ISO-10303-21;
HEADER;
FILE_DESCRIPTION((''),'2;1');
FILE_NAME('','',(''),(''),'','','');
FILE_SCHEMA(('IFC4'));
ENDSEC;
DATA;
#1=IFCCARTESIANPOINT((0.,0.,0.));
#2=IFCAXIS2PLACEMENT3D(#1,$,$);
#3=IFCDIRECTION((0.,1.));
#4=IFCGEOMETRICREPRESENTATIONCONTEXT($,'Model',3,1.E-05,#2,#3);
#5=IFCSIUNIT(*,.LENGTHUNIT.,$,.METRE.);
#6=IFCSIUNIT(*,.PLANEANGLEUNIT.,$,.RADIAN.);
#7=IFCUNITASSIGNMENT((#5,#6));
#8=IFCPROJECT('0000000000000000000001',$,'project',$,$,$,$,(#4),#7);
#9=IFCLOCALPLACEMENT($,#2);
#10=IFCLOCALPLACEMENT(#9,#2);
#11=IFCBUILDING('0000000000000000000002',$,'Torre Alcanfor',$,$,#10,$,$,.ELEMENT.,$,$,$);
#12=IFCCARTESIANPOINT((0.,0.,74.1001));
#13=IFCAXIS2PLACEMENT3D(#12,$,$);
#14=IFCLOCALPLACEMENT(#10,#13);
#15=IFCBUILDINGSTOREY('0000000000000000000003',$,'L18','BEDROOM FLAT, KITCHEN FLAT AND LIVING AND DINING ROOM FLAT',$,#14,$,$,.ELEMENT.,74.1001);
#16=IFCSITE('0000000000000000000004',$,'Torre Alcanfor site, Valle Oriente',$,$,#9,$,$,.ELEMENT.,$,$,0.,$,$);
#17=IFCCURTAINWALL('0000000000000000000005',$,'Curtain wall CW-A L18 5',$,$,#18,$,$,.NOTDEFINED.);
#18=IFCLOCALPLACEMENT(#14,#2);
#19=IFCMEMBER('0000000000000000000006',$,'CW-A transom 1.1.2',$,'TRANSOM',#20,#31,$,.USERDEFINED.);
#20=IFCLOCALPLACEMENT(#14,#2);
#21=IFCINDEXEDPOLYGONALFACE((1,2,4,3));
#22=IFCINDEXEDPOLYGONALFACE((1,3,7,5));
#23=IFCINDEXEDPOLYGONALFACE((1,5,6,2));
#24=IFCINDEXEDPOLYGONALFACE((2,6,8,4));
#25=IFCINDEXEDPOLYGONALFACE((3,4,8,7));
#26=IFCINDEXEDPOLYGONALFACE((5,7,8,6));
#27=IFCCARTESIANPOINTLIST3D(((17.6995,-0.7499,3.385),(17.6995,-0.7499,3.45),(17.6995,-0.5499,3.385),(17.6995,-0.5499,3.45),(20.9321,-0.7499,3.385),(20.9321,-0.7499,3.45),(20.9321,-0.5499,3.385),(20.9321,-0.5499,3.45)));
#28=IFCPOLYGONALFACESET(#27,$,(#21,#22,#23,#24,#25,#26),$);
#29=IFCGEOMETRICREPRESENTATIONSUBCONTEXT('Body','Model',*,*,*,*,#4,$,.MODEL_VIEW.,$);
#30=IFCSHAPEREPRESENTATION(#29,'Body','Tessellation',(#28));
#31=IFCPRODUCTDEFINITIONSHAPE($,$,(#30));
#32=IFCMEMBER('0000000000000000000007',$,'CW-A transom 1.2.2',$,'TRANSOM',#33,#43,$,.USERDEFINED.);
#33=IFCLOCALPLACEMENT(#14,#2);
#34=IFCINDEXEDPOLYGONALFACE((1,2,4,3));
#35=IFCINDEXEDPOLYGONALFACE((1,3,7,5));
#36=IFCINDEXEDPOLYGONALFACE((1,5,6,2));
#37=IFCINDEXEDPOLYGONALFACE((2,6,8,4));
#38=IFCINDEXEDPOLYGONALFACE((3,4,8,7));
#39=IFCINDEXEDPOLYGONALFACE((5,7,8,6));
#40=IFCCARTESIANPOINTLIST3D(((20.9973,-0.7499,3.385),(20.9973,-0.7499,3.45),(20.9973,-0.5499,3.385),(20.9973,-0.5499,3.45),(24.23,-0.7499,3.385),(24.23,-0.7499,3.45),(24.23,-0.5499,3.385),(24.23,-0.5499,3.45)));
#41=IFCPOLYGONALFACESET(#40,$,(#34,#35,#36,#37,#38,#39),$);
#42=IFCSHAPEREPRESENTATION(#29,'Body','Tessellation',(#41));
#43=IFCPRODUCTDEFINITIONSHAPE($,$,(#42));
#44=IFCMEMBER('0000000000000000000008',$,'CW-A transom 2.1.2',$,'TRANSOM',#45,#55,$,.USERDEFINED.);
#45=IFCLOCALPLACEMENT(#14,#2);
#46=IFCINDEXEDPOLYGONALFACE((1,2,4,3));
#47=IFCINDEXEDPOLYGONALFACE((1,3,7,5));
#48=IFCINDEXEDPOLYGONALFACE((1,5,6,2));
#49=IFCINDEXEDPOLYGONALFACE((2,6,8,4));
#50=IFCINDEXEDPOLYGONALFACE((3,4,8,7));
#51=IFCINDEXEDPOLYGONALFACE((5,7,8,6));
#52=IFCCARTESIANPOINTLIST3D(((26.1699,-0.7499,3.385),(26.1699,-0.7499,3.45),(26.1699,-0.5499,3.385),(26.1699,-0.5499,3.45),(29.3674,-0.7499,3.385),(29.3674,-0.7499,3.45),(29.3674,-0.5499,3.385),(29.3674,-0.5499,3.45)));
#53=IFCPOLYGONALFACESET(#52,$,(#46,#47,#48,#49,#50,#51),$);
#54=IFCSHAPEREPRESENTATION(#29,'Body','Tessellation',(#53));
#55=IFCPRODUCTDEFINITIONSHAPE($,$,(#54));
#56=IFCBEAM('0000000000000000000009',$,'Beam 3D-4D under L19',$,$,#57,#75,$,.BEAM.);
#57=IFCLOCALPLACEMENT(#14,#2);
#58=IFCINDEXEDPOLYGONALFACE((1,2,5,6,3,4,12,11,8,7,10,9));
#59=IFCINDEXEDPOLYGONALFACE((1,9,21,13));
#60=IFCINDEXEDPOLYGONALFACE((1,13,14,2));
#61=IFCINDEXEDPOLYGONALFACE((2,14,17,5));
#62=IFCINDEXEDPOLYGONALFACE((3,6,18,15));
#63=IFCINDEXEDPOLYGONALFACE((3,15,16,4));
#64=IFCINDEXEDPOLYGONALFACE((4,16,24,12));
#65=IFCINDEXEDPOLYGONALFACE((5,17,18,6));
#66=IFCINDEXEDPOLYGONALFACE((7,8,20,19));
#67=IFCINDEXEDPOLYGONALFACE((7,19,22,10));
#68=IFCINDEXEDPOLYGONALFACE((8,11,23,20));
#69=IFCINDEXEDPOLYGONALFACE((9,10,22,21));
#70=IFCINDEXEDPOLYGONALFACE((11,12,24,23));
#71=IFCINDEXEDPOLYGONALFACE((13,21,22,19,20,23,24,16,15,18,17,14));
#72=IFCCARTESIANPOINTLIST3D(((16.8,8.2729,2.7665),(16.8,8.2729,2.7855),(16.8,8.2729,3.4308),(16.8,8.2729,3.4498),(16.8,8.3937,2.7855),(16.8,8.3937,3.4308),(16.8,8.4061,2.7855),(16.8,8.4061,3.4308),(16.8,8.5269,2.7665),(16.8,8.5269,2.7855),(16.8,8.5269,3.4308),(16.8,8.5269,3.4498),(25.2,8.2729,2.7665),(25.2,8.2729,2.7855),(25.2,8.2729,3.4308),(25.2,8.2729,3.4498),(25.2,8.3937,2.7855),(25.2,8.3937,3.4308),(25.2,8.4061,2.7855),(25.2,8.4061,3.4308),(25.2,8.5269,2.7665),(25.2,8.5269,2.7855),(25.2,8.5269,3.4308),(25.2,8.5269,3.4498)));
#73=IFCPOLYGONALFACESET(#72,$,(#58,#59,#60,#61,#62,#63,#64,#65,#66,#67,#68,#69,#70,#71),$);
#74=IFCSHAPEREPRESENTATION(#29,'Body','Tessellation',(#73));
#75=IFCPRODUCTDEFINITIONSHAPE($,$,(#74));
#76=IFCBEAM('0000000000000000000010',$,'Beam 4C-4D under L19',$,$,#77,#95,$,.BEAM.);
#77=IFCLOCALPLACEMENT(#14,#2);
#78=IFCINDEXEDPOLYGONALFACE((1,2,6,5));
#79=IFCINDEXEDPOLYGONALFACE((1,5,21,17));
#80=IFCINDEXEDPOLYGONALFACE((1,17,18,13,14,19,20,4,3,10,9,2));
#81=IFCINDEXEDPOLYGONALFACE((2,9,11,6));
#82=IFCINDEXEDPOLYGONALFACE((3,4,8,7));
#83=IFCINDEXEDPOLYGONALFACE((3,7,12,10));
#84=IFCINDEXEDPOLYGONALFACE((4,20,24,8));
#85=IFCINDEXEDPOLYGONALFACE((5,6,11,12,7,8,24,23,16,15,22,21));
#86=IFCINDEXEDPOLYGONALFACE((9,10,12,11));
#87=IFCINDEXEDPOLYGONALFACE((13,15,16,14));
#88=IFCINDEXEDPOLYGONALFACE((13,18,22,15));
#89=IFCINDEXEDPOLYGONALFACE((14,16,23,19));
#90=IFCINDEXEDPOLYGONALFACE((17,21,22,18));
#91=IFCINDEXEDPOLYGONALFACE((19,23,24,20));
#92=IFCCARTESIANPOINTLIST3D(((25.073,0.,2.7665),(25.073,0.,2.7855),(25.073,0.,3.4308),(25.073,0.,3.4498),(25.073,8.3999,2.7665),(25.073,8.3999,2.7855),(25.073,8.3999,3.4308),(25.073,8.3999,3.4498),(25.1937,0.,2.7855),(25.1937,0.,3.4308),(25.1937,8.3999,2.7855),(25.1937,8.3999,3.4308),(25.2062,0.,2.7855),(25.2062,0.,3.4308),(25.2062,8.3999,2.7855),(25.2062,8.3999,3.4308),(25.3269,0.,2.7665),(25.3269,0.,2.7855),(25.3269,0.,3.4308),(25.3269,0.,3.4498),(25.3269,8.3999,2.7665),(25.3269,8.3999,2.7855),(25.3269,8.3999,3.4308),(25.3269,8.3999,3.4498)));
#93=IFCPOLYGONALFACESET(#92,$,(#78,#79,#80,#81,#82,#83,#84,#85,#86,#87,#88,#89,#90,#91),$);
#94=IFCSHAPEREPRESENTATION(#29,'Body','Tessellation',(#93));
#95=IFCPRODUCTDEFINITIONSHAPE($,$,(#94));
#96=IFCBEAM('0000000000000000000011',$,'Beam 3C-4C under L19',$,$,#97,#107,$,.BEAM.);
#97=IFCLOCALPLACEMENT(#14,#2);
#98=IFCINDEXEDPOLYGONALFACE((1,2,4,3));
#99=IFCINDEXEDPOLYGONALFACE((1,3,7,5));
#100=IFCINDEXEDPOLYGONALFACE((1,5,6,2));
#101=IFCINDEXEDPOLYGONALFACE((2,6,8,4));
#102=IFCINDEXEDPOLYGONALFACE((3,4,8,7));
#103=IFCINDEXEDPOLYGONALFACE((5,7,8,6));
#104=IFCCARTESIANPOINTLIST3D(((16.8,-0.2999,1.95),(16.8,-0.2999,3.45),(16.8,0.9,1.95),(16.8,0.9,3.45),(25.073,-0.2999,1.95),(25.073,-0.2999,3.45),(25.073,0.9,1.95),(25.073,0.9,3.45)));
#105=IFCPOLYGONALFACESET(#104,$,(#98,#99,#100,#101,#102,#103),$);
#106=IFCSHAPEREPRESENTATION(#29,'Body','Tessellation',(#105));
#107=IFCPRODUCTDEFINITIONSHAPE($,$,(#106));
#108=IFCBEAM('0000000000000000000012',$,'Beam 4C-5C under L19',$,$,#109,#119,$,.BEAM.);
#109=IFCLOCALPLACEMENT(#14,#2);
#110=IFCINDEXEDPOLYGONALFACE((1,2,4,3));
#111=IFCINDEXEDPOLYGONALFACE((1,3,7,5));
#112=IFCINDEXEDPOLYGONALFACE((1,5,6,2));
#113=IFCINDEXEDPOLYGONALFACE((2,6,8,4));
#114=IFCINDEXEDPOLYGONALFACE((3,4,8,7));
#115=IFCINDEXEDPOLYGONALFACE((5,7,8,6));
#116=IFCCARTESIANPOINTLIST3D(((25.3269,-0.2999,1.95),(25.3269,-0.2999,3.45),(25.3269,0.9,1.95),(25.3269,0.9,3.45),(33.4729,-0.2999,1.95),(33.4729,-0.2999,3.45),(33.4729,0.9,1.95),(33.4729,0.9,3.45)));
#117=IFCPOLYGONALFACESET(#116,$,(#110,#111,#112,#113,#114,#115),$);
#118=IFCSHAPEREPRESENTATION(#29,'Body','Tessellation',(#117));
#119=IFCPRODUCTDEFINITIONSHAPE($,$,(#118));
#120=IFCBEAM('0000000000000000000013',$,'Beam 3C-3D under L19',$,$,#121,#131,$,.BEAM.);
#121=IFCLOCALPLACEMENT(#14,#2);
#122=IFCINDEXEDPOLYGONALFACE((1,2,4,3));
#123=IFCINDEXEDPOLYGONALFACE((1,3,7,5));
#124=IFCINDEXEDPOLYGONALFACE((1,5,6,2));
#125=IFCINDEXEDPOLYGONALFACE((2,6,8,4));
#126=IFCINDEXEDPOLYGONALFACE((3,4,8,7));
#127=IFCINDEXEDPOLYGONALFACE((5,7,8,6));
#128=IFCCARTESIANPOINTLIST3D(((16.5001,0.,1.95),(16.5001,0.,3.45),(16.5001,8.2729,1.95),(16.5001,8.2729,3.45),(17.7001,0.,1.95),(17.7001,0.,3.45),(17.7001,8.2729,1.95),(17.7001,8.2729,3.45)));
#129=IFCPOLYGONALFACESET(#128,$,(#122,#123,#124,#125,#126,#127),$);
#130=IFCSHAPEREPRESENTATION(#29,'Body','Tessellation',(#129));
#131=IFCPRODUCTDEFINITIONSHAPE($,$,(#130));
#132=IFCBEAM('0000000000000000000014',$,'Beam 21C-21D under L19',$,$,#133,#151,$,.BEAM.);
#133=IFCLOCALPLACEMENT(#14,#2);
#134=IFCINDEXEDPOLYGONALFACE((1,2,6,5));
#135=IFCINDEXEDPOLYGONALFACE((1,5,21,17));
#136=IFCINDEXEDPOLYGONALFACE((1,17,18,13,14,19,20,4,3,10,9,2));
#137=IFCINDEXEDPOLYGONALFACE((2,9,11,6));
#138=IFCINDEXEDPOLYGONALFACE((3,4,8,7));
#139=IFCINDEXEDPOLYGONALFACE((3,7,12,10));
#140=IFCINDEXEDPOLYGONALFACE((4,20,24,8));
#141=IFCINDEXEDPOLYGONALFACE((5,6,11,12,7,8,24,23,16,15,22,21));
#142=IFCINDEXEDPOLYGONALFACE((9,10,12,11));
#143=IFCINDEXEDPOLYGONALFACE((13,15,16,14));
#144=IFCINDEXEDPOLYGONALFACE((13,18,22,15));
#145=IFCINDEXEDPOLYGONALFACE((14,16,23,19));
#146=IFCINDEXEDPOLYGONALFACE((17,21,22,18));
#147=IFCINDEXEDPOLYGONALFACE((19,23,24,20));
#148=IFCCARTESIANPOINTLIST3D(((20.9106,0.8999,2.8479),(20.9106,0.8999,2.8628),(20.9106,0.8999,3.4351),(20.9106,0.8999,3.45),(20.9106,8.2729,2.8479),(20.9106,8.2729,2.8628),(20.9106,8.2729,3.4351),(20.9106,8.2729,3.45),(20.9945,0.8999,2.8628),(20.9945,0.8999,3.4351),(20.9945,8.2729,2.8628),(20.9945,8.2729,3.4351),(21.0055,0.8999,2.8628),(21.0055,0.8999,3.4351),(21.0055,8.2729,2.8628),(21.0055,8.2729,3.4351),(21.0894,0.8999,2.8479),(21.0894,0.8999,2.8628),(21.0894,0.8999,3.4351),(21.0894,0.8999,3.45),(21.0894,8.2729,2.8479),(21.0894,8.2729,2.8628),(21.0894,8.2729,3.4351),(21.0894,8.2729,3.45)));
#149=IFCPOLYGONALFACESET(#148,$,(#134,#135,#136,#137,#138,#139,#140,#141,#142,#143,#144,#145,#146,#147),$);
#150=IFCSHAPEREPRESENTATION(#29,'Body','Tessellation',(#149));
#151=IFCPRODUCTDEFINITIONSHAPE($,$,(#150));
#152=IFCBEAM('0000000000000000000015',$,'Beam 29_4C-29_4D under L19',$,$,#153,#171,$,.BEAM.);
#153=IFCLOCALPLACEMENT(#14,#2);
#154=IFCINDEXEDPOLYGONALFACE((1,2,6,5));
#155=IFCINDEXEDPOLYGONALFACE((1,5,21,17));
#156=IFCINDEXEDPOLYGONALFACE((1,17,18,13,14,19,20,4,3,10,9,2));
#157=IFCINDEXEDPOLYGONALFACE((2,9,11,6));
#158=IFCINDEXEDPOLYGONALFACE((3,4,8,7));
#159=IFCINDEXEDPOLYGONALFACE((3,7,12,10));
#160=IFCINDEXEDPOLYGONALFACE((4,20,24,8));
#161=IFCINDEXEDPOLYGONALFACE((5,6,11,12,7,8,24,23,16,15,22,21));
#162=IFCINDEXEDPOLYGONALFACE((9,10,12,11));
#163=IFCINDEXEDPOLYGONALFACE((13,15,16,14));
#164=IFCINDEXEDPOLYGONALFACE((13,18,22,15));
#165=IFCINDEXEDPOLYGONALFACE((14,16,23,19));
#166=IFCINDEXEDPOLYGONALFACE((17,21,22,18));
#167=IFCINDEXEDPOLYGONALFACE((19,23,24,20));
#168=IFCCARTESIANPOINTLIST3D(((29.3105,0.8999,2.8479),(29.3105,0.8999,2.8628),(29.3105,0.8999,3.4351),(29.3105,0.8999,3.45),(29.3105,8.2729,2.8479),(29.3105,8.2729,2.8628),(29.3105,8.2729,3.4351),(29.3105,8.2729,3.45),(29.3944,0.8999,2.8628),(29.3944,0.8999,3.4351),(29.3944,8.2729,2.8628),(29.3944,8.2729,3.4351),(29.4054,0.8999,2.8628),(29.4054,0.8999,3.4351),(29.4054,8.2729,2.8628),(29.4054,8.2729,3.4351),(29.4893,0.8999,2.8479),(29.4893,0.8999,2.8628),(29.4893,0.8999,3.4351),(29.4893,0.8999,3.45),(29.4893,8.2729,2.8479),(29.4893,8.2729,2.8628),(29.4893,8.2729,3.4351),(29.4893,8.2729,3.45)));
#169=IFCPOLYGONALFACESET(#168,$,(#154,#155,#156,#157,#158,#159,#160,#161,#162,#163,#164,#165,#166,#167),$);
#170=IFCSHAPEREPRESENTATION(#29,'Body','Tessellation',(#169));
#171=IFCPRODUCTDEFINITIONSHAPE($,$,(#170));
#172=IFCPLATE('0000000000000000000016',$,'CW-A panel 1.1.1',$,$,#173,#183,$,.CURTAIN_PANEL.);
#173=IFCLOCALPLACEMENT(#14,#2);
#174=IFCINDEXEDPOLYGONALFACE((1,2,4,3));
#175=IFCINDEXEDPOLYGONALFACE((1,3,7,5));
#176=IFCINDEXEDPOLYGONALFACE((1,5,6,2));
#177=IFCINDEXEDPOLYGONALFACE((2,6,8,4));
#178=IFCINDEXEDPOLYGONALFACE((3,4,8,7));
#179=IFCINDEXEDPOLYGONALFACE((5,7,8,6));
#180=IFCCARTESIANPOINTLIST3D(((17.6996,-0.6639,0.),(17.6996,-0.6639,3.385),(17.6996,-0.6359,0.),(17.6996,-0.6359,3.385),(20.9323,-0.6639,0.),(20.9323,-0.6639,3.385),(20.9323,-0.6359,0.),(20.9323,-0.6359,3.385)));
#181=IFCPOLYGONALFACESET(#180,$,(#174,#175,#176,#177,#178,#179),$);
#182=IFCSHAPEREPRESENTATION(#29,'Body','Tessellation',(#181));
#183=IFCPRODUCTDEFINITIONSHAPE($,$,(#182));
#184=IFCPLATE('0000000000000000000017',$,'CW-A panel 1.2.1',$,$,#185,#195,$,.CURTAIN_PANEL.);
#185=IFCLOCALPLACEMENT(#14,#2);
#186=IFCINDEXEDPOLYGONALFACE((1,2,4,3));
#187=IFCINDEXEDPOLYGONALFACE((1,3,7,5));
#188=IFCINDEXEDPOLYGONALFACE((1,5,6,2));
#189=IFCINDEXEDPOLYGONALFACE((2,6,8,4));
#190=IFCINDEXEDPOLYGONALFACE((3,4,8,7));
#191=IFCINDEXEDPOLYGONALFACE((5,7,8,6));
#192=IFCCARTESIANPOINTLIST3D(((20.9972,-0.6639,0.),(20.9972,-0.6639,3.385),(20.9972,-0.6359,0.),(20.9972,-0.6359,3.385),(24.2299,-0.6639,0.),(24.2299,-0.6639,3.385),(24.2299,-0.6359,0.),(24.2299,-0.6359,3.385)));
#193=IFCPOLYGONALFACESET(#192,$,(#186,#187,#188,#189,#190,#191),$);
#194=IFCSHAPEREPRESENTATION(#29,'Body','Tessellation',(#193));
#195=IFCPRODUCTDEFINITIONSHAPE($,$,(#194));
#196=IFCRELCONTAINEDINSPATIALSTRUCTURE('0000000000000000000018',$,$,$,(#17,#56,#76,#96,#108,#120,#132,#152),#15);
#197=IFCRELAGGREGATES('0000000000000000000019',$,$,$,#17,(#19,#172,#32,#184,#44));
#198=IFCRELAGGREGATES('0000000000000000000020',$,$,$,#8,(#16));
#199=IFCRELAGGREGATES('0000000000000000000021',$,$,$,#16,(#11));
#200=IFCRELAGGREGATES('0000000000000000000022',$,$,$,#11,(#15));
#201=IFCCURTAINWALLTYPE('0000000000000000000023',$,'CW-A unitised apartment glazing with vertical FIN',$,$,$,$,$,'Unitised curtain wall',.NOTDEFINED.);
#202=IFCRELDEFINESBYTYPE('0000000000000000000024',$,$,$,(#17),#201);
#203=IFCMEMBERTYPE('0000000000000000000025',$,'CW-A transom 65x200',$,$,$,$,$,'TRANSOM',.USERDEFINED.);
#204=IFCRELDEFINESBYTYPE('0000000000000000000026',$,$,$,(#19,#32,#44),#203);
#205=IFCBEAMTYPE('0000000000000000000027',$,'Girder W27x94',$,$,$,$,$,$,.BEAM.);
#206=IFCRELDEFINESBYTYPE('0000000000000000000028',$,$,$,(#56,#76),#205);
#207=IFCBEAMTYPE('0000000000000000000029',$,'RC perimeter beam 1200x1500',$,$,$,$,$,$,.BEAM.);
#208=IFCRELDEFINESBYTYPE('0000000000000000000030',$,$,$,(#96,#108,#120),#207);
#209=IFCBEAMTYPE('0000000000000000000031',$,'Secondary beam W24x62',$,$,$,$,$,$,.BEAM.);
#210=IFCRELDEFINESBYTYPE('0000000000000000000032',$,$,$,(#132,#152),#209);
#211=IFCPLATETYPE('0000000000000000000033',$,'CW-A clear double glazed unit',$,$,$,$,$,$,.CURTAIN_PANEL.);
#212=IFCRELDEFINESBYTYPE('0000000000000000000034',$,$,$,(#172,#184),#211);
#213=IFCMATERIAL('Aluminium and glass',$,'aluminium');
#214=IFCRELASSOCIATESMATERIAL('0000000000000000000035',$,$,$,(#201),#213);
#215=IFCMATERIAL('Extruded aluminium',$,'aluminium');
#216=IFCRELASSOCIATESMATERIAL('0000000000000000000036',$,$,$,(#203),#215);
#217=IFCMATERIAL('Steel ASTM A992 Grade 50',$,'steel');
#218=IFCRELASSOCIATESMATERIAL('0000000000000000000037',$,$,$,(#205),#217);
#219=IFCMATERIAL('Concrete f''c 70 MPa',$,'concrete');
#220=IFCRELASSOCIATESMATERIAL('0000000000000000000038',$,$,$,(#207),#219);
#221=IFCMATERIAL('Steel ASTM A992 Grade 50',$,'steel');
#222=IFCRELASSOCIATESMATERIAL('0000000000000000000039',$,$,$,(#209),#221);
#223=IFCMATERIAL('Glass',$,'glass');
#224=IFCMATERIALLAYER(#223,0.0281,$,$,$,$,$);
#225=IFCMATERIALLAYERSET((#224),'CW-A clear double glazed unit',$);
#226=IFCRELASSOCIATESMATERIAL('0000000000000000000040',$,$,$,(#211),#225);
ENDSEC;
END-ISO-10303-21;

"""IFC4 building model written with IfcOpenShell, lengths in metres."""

from ifc_helpers import new_model, si_unit, direction, frame, origin, origin_2d, place, context, subcontext, project, spatial, rectangle, i_section, extrude, material, layer, layer_set, material_profile, profile_set, type_object, element, aggregate, save


model = new_model("IFC4")

# Units and contexts
model_context = context("Model", 3, precision=1e-05, world=origin(), true_north=direction((0.0, 1.0)))
body_context = subcontext(model_context, "Body", "Model", "MODEL_VIEW")
ifc_project = project(units=[si_unit("LENGTHUNIT", "METRE"), si_unit("PLANEANGLEUNIT", "RADIAN")], contexts=[model_context])

# Site, building, storey
site_placement = place(None, origin())
site = spatial("IfcSite", under=ifc_project, at=site_placement, Name="Torre Alcanfor site, Valle Oriente", CompositionType="ELEMENT", RefElevation=0.0)
building_placement = place(site_placement, origin())
building = spatial("IfcBuilding", under=site, at=building_placement, Name="Torre Alcanfor", CompositionType="ELEMENT")
storey_placement = place(building_placement, frame((0.0, 0.0, 74.1001)))
storey = spatial("IfcBuildingStorey", under=building, at=storey_placement, Name="L18", Description="BEDROOM FLAT, KITCHEN FLAT AND LIVING AND DINING ROOM FLAT", CompositionType="ELEMENT", Elevation=74.1001)

# Curtain wall, members
ifc_material_1 = material(Name="Aluminium and glass", Category="aluminium")
curtain_wall_type = type_object("IfcCurtainWallType", Name="CW-A unitised apartment glazing with vertical FIN", ElementType="Unitised curtain wall", PredefinedType="NOTDEFINED", material=ifc_material_1)
curtain_wall_placement = place(storey_placement, origin())
curtain_wall = element("IfcCurtainWall", 1, at=curtain_wall_placement, inside=storey, type_object=curtain_wall_type, Name="Curtain wall CW-A L18 5", PredefinedType="NOTDEFINED")
ifc_material_2 = material(Name="Extruded aluminium", Category="aluminium")
ifc_material_profile_1 = material_profile(ifc_material_2, rectangle(XDim=0.2, YDim=0.0649, at=origin_2d()), Name="CW-A transom 200x65")
ifc_profile_set_1 = profile_set([ifc_material_profile_1], Name="Extruded aluminium")
member_type_1 = type_object("IfcMemberType", Name="CW-A transom 65x200", ElementType="TRANSOM", PredefinedType="USERDEFINED", material=ifc_profile_set_1)
member_1_placement = place(storey_placement, frame((17.6995, -0.6499, 3.4175), z_axis=(1.0, 0.0, 0.0), x_axis=(0.0, 1.0, 0.0)))
member_1 = element("IfcMember", 2, at=member_1_placement, type_object=member_type_1, Name="CW-A transom 1.1.2", ObjectType="TRANSOM", PredefinedType="USERDEFINED", context=body_context, shape_type="SweptSolid", body=[
    extrude(rectangle(XDim=0.2, YDim=0.0649, at=origin_2d()), origin(), (0.0, 0.0, 1.0), 3.2327),
])
member_2_placement = place(storey_placement, frame((20.9973, -0.6499, 3.4175), z_axis=(1.0, 0.0, 0.0), x_axis=(0.0, 1.0, 0.0)))
member_2 = element("IfcMember", 3, at=member_2_placement, type_object=member_type_1, Name="CW-A transom 1.2.2", ObjectType="TRANSOM", PredefinedType="USERDEFINED", context=body_context, shape_type="SweptSolid", body=[
    extrude(rectangle(XDim=0.2, YDim=0.0649, at=origin_2d()), origin(), (0.0, 0.0, 1.0), 3.2327),
])
member_3_placement = place(storey_placement, frame((26.1699, -0.6499, 3.4175), z_axis=(1.0, 0.0, 0.0), x_axis=(0.0, 1.0, 0.0)))
member_3 = element("IfcMember", 4, at=member_3_placement, type_object=member_type_1, Name="CW-A transom 2.1.2", ObjectType="TRANSOM", PredefinedType="USERDEFINED", context=body_context, shape_type="SweptSolid", body=[
    extrude(rectangle(XDim=0.2, YDim=0.0649, at=origin_2d()), origin(), (0.0, 0.0, 1.0), 3.1975),
])

# Beams
ifc_material_3 = material(Name="Steel ASTM A992 Grade 50", Category="steel")
ifc_material_profile_2 = material_profile(ifc_material_3, i_section(OverallWidth=0.2539, OverallDepth=0.6833, WebThickness=0.0125, FlangeThickness=0.019, at=origin_2d()), Name="W27x94")
ifc_profile_set_2 = profile_set([ifc_material_profile_2], Name="Steel ASTM A992 Grade 50")
beam_type_1 = type_object("IfcBeamType", Name="Girder W27x94", PredefinedType="BEAM", material=ifc_profile_set_2)
for number, where, z_axis, x_axis, name in (
    (5, (16.8, 8.3999, 3.1082), (1.0, 0.0, 0.0), (0.0, 1.0, 0.0), "Beam 3D-4D under L19"),
    (6, (25.2, 0.0, 3.1082), (0.0, 1.0, 0.0), (-1.0, 0.0, 0.0), "Beam 4C-4D under L19"),
):
    element("IfcBeam", number, at=place(storey_placement, frame(where, z_axis=z_axis, x_axis=x_axis)), inside=storey, type_object=beam_type_1, Name=name, PredefinedType="BEAM", context=body_context, shape_type="SweptSolid", body=[
        extrude(i_section(OverallWidth=0.2539, OverallDepth=0.6833, WebThickness=0.0125, FlangeThickness=0.019, at=origin_2d()), origin(), (0.0, 0.0, 1.0), 8.3999),
    ])
ifc_material_4 = material(Name="Concrete f'c 70 MPa", Category="concrete")
ifc_material_profile_3 = material_profile(ifc_material_4, rectangle(XDim=1.2, YDim=1.5, at=origin_2d()), Name="1200x1500")
ifc_profile_set_3 = profile_set([ifc_material_profile_3], Name="Concrete f'c 70 MPa")
beam_type_2 = type_object("IfcBeamType", Name="RC perimeter beam 1200x1500", PredefinedType="BEAM", material=ifc_profile_set_3)
beam_1_placement = place(storey_placement, frame((16.8, 0.3, 2.7), z_axis=(1.0, 0.0, 0.0), x_axis=(0.0, 1.0, 0.0)))
element("IfcBeam", 7, at=beam_1_placement, inside=storey, type_object=beam_type_2, Name="Beam 3C-4C under L19", PredefinedType="BEAM", context=body_context, shape_type="SweptSolid", body=[
    extrude(rectangle(XDim=1.2, YDim=1.5, at=origin_2d()), origin(), (0.0, 0.0, 1.0), 8.2729),
])
beam_2_placement = place(storey_placement, frame((25.3269, 0.3, 2.7), z_axis=(1.0, 0.0, 0.0), x_axis=(0.0, 1.0, 0.0)))
element("IfcBeam", 8, at=beam_2_placement, inside=storey, type_object=beam_type_2, Name="Beam 4C-5C under L19", PredefinedType="BEAM", context=body_context, shape_type="SweptSolid", body=[
    extrude(rectangle(XDim=1.2, YDim=1.5, at=origin_2d()), origin(), (0.0, 0.0, 1.0), 8.146),
])
beam_3_placement = place(storey_placement, frame((17.1001, 0.0, 2.7), z_axis=(0.0, 1.0, 0.0), x_axis=(-1.0, 0.0, 0.0)))
element("IfcBeam", 9, at=beam_3_placement, inside=storey, type_object=beam_type_2, Name="Beam 3C-3D under L19", PredefinedType="BEAM", context=body_context, shape_type="SweptSolid", body=[
    extrude(rectangle(XDim=1.2, YDim=1.5, at=origin_2d()), origin(), (0.0, 0.0, 1.0), 8.2729),
])
ifc_material_5 = material(Name="Steel ASTM A992 Grade 50", Category="steel")
ifc_material_profile_4 = material_profile(ifc_material_5, i_section(OverallWidth=0.1787, OverallDepth=0.6021, WebThickness=0.011, FlangeThickness=0.0149, at=origin_2d()), Name="W24x62")
ifc_profile_set_4 = profile_set([ifc_material_profile_4], Name="Steel ASTM A992 Grade 50")
beam_type_3 = type_object("IfcBeamType", Name="Secondary beam W24x62", PredefinedType="BEAM", material=ifc_profile_set_4)
for number, where, z_axis, x_axis, name in (
    (10, (21.0, 0.8999, 3.1489), (0.0, 1.0, 0.0), (-1.0, 0.0, 0.0), "Beam 21C-21D under L19"),
    (11, (29.3999, 0.8999, 3.1489), (0.0, 1.0, 0.0), (-1.0, 0.0, 0.0), "Beam 29_4C-29_4D under L19"),
):
    element("IfcBeam", number, at=place(storey_placement, frame(where, z_axis=z_axis, x_axis=x_axis)), inside=storey, type_object=beam_type_3, Name=name, PredefinedType="BEAM", context=body_context, shape_type="SweptSolid", body=[
        extrude(i_section(OverallWidth=0.1787, OverallDepth=0.6021, WebThickness=0.011, FlangeThickness=0.0149, at=origin_2d()), origin(), (0.0, 0.0, 1.0), 7.373),
    ])

# Plates
ifc_material_6 = material(Name="Glass", Category="glass")
ifc_layer_1 = layer(ifc_material_6, 0.0281)
ifc_layer_set_1 = layer_set([ifc_layer_1], Name="CW-A clear double glazed unit")
plate_type = type_object("IfcPlateType", Name="CW-A clear double glazed unit", PredefinedType="CURTAIN_PANEL", material=ifc_layer_set_1)
plate_1_placement = place(storey_placement, frame((19.3159, -0.6499, 0.0), z_axis=(0.0, 0.0, 1.0), x_axis=(1.0, 0.0, 0.0)))
plate_1 = element("IfcPlate", 12, at=plate_1_placement, type_object=plate_type, Name="CW-A panel 1.1.1", PredefinedType="CURTAIN_PANEL", context=body_context, shape_type="SweptSolid", body=[
    extrude(rectangle(XDim=3.2327, YDim=0.0281, at=origin_2d()), origin(), (0.0, 0.0, 1.0), 3.385),
])
plate_2_placement = place(storey_placement, frame((22.6135, -0.6499, 0.0), z_axis=(0.0, 0.0, 1.0), x_axis=(1.0, 0.0, 0.0)))
plate_2 = element("IfcPlate", 13, at=plate_2_placement, type_object=plate_type, Name="CW-A panel 1.2.1", PredefinedType="CURTAIN_PANEL", context=body_context, shape_type="SweptSolid", body=[
    extrude(rectangle(XDim=3.2327, YDim=0.0281, at=origin_2d()), origin(), (0.0, 0.0, 1.0), 3.385),
])
aggregate(curtain_wall, [member_1, plate_1, member_2, plate_2, member_3])

save(model, "model.ifc")
